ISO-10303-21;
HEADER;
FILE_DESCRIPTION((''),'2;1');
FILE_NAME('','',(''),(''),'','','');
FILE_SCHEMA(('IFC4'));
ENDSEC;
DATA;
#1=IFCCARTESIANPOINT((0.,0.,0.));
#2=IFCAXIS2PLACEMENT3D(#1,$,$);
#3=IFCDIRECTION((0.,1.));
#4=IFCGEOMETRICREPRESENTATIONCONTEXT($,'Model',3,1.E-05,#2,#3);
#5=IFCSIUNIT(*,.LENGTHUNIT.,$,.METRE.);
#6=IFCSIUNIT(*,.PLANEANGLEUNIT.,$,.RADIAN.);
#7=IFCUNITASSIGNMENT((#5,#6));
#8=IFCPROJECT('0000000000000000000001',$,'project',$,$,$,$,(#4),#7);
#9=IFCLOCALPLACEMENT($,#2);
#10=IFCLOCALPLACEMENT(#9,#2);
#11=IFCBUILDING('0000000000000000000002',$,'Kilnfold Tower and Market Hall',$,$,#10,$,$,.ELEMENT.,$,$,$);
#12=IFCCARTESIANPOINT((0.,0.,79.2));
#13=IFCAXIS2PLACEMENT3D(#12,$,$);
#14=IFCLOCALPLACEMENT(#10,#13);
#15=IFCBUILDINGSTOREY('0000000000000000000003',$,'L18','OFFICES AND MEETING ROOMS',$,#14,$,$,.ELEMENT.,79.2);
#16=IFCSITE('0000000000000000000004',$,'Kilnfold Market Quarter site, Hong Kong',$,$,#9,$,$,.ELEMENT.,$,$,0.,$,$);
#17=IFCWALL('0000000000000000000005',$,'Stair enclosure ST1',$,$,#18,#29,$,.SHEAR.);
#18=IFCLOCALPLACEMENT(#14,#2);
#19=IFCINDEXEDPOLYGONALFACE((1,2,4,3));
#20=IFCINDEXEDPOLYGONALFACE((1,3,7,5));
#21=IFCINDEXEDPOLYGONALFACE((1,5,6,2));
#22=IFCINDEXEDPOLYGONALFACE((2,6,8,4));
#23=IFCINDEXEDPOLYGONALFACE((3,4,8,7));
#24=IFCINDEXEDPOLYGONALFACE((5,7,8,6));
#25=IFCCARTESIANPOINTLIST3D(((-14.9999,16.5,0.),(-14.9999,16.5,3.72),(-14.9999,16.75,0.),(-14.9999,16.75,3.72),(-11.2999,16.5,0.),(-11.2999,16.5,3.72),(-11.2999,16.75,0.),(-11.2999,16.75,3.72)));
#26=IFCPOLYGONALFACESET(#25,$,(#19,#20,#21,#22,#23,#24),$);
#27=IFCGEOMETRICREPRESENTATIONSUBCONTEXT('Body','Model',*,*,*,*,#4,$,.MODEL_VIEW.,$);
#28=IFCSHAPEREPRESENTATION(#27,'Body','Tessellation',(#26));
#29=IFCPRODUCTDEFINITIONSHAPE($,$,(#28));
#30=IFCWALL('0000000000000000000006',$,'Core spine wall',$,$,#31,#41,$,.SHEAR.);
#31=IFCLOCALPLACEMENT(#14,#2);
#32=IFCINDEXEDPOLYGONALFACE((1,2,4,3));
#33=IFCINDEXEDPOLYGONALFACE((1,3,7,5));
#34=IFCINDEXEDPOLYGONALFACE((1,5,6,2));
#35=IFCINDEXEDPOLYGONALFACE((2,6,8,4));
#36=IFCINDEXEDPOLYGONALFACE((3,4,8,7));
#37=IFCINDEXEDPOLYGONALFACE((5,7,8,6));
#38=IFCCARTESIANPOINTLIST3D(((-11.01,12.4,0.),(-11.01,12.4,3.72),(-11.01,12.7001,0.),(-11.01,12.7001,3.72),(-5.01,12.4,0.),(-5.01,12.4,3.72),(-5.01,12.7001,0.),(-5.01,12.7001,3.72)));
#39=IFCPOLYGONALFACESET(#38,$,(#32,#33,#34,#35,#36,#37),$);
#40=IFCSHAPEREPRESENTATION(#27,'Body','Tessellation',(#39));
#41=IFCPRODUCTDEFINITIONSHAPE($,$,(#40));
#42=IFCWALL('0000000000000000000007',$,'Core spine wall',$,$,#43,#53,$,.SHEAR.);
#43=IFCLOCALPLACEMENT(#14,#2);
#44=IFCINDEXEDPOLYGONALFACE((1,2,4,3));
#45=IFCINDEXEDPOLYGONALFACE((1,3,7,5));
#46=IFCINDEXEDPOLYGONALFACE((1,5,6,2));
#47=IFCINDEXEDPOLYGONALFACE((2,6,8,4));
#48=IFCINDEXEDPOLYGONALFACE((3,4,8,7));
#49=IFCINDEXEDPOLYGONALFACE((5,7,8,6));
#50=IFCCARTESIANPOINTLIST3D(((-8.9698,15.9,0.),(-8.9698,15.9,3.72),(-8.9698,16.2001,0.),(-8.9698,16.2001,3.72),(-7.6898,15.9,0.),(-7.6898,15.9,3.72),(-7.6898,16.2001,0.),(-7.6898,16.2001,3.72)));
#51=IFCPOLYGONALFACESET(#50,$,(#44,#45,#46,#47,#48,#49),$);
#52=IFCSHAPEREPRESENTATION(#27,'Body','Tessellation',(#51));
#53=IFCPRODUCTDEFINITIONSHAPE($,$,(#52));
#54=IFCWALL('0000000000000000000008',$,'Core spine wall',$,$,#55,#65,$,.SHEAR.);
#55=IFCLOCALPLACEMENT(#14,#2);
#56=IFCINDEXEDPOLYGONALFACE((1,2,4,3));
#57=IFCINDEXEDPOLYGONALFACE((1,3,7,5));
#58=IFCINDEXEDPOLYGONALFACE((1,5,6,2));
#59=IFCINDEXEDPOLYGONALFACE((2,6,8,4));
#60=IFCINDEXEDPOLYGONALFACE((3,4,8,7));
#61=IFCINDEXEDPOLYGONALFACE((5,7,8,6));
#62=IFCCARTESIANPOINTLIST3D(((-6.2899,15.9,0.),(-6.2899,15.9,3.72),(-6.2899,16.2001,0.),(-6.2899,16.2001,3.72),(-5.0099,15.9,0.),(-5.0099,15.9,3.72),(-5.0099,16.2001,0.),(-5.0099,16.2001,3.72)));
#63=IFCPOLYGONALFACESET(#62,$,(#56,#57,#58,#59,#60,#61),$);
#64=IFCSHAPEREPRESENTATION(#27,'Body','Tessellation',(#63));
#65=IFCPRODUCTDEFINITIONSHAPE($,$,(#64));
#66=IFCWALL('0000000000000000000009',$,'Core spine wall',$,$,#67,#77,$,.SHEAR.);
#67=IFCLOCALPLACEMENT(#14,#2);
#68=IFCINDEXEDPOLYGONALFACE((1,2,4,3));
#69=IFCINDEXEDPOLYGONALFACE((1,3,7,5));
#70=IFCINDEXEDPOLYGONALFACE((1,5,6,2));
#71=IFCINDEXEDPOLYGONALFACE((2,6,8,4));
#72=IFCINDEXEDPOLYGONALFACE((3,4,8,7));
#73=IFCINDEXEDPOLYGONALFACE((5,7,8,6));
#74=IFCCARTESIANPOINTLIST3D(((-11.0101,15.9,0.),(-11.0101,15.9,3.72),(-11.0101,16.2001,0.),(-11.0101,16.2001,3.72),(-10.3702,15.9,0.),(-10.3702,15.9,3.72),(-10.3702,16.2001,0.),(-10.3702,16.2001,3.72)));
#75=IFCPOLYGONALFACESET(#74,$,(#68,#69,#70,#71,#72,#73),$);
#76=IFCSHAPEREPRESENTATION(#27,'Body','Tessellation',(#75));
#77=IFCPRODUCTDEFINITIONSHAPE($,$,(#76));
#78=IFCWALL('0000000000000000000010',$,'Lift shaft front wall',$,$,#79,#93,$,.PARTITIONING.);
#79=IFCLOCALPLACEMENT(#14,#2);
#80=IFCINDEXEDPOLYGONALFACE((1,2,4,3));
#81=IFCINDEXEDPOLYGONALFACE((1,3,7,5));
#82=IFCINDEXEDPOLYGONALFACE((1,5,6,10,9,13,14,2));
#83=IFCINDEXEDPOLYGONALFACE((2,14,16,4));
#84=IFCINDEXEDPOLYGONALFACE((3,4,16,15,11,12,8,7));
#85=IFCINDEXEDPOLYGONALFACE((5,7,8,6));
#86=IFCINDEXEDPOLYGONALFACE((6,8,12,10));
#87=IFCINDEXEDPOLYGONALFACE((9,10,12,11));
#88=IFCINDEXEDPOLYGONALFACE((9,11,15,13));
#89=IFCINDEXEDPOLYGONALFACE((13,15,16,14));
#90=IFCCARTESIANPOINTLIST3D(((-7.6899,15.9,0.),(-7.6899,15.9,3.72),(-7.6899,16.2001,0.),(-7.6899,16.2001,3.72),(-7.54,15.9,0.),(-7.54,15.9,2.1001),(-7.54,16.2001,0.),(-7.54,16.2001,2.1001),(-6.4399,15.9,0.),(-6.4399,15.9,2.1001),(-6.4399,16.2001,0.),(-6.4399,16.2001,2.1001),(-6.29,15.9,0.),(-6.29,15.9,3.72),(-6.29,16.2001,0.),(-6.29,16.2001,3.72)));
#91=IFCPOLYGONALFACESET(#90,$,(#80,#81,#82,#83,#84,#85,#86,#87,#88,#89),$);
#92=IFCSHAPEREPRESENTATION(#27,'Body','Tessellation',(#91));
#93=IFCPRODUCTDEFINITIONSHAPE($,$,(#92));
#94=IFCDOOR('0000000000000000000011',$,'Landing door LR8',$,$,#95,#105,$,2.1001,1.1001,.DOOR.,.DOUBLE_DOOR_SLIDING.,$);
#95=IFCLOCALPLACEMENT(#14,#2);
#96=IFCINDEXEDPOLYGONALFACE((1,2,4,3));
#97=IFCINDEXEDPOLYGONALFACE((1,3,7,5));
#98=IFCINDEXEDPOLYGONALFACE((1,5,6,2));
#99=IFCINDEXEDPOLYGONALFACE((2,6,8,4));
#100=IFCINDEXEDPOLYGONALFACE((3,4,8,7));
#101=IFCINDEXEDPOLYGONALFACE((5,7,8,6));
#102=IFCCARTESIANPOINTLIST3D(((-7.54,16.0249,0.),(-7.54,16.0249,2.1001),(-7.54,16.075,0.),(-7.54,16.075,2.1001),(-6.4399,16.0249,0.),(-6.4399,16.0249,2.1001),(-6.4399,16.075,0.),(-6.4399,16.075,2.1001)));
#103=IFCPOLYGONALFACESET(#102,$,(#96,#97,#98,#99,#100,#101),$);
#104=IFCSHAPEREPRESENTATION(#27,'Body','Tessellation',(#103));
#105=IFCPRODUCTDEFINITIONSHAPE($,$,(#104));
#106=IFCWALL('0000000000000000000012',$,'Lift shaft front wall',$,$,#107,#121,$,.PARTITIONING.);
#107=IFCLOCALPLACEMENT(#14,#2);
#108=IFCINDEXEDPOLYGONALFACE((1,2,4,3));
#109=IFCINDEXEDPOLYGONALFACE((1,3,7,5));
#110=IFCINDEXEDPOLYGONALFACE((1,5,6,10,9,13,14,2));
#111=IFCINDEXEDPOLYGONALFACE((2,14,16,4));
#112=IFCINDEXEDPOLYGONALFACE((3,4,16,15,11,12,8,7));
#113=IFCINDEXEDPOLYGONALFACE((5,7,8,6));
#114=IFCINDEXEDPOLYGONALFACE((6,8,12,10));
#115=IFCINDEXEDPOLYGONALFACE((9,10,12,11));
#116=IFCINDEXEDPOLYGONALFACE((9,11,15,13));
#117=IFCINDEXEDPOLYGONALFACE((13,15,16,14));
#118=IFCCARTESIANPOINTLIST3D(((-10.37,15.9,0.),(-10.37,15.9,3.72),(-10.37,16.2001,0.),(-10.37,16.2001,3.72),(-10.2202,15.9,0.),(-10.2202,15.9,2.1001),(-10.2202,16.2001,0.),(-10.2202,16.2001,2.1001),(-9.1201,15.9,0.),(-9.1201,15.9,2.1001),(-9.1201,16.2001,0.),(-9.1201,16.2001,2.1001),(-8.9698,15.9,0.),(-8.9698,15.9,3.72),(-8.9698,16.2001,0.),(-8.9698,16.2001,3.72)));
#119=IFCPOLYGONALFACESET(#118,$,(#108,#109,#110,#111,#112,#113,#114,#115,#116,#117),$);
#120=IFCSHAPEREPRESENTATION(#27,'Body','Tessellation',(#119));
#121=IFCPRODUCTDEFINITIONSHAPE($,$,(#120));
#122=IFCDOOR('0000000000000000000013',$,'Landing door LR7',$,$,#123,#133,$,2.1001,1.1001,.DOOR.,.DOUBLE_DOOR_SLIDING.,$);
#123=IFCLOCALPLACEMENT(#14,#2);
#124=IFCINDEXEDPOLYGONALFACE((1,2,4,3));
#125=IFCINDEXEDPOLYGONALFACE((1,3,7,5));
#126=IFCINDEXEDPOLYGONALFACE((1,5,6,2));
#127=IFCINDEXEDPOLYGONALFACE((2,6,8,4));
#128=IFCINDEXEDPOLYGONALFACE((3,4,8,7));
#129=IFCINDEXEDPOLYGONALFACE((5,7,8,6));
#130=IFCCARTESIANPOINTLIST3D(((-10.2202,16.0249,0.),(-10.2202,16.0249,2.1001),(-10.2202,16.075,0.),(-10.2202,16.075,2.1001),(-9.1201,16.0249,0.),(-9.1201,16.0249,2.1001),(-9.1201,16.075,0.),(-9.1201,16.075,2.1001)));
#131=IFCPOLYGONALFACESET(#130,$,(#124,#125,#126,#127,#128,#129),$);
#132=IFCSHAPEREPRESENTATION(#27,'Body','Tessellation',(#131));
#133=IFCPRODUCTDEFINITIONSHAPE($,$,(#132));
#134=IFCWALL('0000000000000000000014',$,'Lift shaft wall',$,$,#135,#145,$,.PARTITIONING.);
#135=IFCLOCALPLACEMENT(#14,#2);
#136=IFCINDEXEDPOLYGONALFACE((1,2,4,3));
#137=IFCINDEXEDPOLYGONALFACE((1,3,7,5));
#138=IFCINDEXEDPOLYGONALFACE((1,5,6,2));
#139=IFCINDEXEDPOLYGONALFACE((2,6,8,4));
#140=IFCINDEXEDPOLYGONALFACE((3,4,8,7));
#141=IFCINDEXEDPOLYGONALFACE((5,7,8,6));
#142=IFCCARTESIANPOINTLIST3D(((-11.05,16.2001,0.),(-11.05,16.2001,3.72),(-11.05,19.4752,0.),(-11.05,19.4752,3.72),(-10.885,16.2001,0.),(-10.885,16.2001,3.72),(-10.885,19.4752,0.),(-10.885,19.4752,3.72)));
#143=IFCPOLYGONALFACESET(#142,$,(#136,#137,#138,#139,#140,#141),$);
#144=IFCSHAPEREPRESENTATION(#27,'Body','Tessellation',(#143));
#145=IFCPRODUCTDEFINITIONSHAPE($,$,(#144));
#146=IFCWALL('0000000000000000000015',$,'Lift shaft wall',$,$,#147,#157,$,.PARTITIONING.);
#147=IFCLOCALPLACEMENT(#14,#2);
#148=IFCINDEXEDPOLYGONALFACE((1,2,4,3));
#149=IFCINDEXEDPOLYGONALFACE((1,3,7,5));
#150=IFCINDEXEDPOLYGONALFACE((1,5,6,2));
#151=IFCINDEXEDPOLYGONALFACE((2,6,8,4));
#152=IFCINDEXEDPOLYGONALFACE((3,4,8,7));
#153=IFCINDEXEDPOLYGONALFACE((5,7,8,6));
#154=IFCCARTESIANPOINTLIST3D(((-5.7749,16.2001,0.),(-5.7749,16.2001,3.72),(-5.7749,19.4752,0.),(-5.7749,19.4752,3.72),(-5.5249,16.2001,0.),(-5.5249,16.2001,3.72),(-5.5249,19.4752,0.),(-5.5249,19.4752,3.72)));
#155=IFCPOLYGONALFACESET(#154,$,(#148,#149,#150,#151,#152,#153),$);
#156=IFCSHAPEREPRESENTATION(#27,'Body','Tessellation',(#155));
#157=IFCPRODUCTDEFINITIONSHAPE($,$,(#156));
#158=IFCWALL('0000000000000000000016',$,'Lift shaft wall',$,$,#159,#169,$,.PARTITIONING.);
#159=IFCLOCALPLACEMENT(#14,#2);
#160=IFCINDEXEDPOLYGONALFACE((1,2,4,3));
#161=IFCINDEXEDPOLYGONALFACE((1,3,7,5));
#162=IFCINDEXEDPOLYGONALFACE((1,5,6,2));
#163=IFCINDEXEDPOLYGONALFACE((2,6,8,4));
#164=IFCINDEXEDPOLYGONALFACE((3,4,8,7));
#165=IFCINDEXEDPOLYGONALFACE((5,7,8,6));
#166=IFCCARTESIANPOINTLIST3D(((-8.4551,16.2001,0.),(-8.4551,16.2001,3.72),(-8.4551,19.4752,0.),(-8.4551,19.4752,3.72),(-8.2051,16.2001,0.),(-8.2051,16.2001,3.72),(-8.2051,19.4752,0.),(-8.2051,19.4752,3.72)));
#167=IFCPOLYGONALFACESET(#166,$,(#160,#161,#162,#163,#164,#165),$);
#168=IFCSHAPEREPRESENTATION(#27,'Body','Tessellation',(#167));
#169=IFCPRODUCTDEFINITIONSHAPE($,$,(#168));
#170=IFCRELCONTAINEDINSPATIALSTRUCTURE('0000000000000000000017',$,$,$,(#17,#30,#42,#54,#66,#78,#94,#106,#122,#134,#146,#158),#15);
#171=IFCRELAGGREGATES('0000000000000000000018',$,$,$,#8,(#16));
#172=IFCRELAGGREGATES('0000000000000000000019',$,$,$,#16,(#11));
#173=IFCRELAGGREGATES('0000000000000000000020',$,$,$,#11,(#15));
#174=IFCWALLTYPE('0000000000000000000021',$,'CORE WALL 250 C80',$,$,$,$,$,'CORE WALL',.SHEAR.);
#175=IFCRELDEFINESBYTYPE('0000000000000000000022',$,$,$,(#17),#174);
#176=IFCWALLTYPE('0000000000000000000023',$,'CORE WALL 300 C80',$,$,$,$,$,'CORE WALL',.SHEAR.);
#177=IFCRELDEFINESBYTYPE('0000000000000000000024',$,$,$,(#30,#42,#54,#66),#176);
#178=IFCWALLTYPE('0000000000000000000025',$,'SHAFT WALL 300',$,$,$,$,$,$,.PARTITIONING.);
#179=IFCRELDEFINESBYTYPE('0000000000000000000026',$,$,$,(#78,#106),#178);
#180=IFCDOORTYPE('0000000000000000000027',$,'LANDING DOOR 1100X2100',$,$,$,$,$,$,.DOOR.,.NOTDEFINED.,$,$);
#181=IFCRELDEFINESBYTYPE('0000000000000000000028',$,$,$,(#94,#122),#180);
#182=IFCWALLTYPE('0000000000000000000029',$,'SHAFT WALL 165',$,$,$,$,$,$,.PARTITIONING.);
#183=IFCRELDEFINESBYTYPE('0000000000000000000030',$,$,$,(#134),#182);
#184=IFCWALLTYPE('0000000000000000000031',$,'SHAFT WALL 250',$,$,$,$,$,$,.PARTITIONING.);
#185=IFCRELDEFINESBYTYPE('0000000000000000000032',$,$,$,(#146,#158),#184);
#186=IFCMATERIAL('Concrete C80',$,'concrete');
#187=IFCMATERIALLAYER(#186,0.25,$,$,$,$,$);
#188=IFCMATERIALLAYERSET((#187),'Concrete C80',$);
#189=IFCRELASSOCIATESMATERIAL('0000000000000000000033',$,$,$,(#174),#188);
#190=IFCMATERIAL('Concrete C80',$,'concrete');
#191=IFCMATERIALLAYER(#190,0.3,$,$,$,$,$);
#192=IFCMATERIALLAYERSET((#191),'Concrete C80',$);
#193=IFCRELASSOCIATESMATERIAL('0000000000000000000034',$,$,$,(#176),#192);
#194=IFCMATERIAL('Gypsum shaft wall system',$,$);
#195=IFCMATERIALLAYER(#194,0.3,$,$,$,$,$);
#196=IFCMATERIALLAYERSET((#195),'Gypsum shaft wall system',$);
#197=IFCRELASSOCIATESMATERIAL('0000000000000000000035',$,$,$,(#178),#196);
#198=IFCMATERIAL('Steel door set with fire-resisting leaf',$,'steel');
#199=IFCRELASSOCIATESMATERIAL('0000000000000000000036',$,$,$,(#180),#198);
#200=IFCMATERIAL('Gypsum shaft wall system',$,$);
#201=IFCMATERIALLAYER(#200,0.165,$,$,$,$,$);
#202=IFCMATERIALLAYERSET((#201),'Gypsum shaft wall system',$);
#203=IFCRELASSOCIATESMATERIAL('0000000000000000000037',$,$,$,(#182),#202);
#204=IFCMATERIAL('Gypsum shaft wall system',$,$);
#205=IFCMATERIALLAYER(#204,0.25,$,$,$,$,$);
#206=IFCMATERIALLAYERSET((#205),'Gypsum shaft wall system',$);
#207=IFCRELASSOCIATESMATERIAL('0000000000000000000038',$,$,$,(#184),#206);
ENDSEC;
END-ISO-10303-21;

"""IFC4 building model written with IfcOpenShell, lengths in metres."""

from ifc_helpers import new_model, si_unit, direction, frame, frame_2d, origin, place, context, subcontext, project, spatial, rectangle, extrude, source, transform, mapped, material, layer, layer_set, type_object, element, fill, save


model = new_model("IFC4")

# Units and contexts
model_context = context("Model", 3, precision=1e-05, world=origin(), true_north=direction((0.0, 1.0)))
body_context = subcontext(model_context, "Body", "Model", "MODEL_VIEW")
ifc_project = project(units=[si_unit("LENGTHUNIT", "METRE"), si_unit("PLANEANGLEUNIT", "RADIAN")], contexts=[model_context])

# Site, building, storey
site_placement = place(None, origin())
site = spatial("IfcSite", under=ifc_project, at=site_placement, Name="Kilnfold Market Quarter site, Hong Kong", CompositionType="ELEMENT", RefElevation=0.0)
building_placement = place(site_placement, origin())
building = spatial("IfcBuilding", under=site, at=building_placement, Name="Kilnfold Tower and Market Hall", CompositionType="ELEMENT")
storey_placement = place(building_placement, frame((0.0, 0.0, 79.2)))
storey = spatial("IfcBuildingStorey", under=building, at=storey_placement, Name="L18", Description="OFFICES AND MEETING ROOMS", CompositionType="ELEMENT", Elevation=79.2)

# Walls
ifc_material_1 = material(Name="Concrete C80", Category="concrete")
ifc_layer_1 = layer(ifc_material_1, 0.25)
ifc_layer_set_1 = layer_set([ifc_layer_1], Name="Concrete C80")
wall_type_1 = type_object("IfcWallType", Name="CORE WALL 250 C80", ElementType="CORE WALL", PredefinedType="SHEAR", material=ifc_layer_set_1)
shared_shape_1 = source(origin(), body_context, "Body", "SweptSolid", [
    extrude(rectangle(XDim=3.7, YDim=0.25, at=frame_2d((1.8501, 0.0))), origin(), (0.0, 0.0, 1.0), 3.72),
])
wall_1_placement = place(storey_placement, frame((-15.0, 16.625, 0.0), z_axis=(0.0, 0.0, 1.0), x_axis=(1.0, 0.0, 0.0)))
element("IfcWall", 1, at=wall_1_placement, inside=storey, type_object=wall_type_1, Name="Stair enclosure ST1", PredefinedType="SHEAR", context=body_context, shape_type="MappedRepresentation", body=[
    mapped(shared_shape_1, transform((0.0, 0.0, 0.0))),
])
ifc_material_2 = material(Name="Concrete C80", Category="concrete")
ifc_layer_2 = layer(ifc_material_2, 0.3)
ifc_layer_set_2 = layer_set([ifc_layer_2], Name="Concrete C80")
wall_type_2 = type_object("IfcWallType", Name="CORE WALL 300 C80", ElementType="CORE WALL", PredefinedType="SHEAR", material=ifc_layer_set_2)
shared_shape_2 = source(origin(), body_context, "Body", "SweptSolid", [
    extrude(rectangle(XDim=6.0, YDim=0.3, at=frame_2d((3.0, 0.0))), origin(), (0.0, 0.0, 1.0), 3.72),
])
wall_2_placement = place(storey_placement, frame((-11.01, 12.55, 0.0), z_axis=(0.0, 0.0, 1.0), x_axis=(1.0, 0.0, 0.0)))
element("IfcWall", 2, at=wall_2_placement, inside=storey, type_object=wall_type_2, Name="Core spine wall", PredefinedType="SHEAR", context=body_context, shape_type="MappedRepresentation", body=[
    mapped(shared_shape_2, transform((0.0, 0.0, 0.0))),
])
shared_shape_3 = source(origin(), body_context, "Body", "SweptSolid", [
    extrude(rectangle(XDim=1.28, YDim=0.3, at=frame_2d((0.6401, 0.0))), origin(), (0.0, 0.0, 1.0), 3.72),
])
for number, where, z_axis, x_axis, name in (
    (3, (-8.97, 16.05, 0.0), (0.0, 0.0, 1.0), (1.0, 0.0, 0.0), "Core spine wall"),
    (4, (-6.29, 16.05, 0.0), (0.0, 0.0, 1.0), (1.0, 0.0, 0.0), "Core spine wall"),
):
    element("IfcWall", number, at=place(storey_placement, frame(where, z_axis=z_axis, x_axis=x_axis)), inside=storey, type_object=wall_type_2, Name=name, PredefinedType="SHEAR", context=body_context, shape_type="MappedRepresentation", body=[
        mapped(shared_shape_3, transform((0.0, 0.0, 0.0))),
    ])
shared_shape_4 = source(origin(), body_context, "Body", "SweptSolid", [
    extrude(rectangle(XDim=0.6399, YDim=0.3, at=frame_2d((0.3198, 0.0))), origin(), (0.0, 0.0, 1.0), 3.72),
])
wall_3_placement = place(storey_placement, frame((-11.01, 16.05, 0.0), z_axis=(0.0, 0.0, 1.0), x_axis=(1.0, 0.0, 0.0)))
element("IfcWall", 5, at=wall_3_placement, inside=storey, type_object=wall_type_2, Name="Core spine wall", PredefinedType="SHEAR", context=body_context, shape_type="MappedRepresentation", body=[
    mapped(shared_shape_4, transform((0.0, 0.0, 0.0))),
])

# Walls, openings, doors
ifc_material_3 = material(Name="Gypsum shaft wall system")
ifc_layer_3 = layer(ifc_material_3, 0.3)
ifc_layer_set_3 = layer_set([ifc_layer_3], Name="Gypsum shaft wall system")
wall_type_3 = type_object("IfcWallType", Name="SHAFT WALL 300", PredefinedType="PARTITIONING", material=ifc_layer_set_3)
shared_shape_5 = source(origin(), body_context, "Body", "SweptSolid", [
    extrude(rectangle(XDim=1.3999, YDim=0.3, at=frame_2d((0.7, 0.0))), origin(), (0.0, 0.0, 1.0), 3.72),
])
wall_4_placement = place(storey_placement, frame((-7.6899, 16.05, 0.0), z_axis=(0.0, 0.0, 1.0), x_axis=(1.0, 0.0, 0.0)))
wall_4 = element("IfcWall", 6, at=wall_4_placement, inside=storey, type_object=wall_type_3, Name="Lift shaft front wall", PredefinedType="PARTITIONING", context=body_context, shape_type="MappedRepresentation", body=[
    mapped(shared_shape_5, transform((0.0, 0.0, 0.0))),
])
opening_1_placement = place(wall_4_placement, frame((0.1499, 0.0, 0.0)))
opening_1 = element("IfcOpeningElement", 7, at=opening_1_placement, cuts=wall_4, PredefinedType="OPENING", context=body_context, shape_type="SweptSolid", body=[
    extrude(rectangle(XDim=1.1001, YDim=2.1001, at=frame_2d((0.55, 1.05))), frame((0.0, 0.1602, 0.0), z_axis=(0.0, -1.0, 0.0), x_axis=(1.0, 0.0, 0.0)), (0.0, 0.0, 1.0), 0.3201),
])
ifc_material_4 = material(Name="Steel door set with fire-resisting leaf", Category="steel")
door_type = type_object("IfcDoorType", Name="LANDING DOOR 1100X2100", OperationType="NOTDEFINED", PredefinedType="DOOR", material=ifc_material_4)
door_1_placement = place(opening_1_placement, origin())
door_1 = element("IfcDoor", 8, at=door_1_placement, inside=storey, type_object=door_type, Name="Landing door LR8", OperationType="DOUBLE_DOOR_SLIDING", OverallHeight=2.1001, OverallWidth=1.1001, PredefinedType="DOOR", context=body_context, shape_type="SweptSolid", body=[
    extrude(rectangle(XDim=1.1001, YDim=2.1001, at=frame_2d((0.55, 1.05))), frame((0.0, 0.0249, 0.0), z_axis=(0.0, -1.0, 0.0), x_axis=(1.0, 0.0, 0.0)), (0.0, 0.0, 1.0), 0.05),
])
fill(opening_1, door_1)
shared_shape_6 = source(origin(), body_context, "Body", "SweptSolid", [
    extrude(rectangle(XDim=1.4001, YDim=0.3, at=frame_2d((0.7002, 0.0))), origin(), (0.0, 0.0, 1.0), 3.72),
])
wall_5_placement = place(storey_placement, frame((-10.3701, 16.05, 0.0), z_axis=(0.0, 0.0, 1.0), x_axis=(1.0, 0.0, 0.0)))
wall_5 = element("IfcWall", 9, at=wall_5_placement, inside=storey, type_object=wall_type_3, Name="Lift shaft front wall", PredefinedType="PARTITIONING", context=body_context, shape_type="MappedRepresentation", body=[
    mapped(shared_shape_6, transform((0.0, 0.0, 0.0))),
])
opening_2_placement = place(wall_5_placement, frame((0.1499, 0.0, 0.0)))
opening_2 = element("IfcOpeningElement", 10, at=opening_2_placement, cuts=wall_5, PredefinedType="OPENING", context=body_context, shape_type="SweptSolid", body=[
    extrude(rectangle(XDim=1.1001, YDim=2.1001, at=frame_2d((0.55, 1.05))), frame((0.0, 0.1602, 0.0), z_axis=(0.0, -1.0, 0.0), x_axis=(1.0, 0.0, 0.0)), (0.0, 0.0, 1.0), 0.3201),
])
door_2_placement = place(opening_2_placement, origin())
door_2 = element("IfcDoor", 11, at=door_2_placement, inside=storey, type_object=door_type, Name="Landing door LR7", OperationType="DOUBLE_DOOR_SLIDING", OverallHeight=2.1001, OverallWidth=1.1001, PredefinedType="DOOR", context=body_context, shape_type="SweptSolid", body=[
    extrude(rectangle(XDim=1.1001, YDim=2.1001, at=frame_2d((0.55, 1.05))), frame((0.0, 0.0249, 0.0), z_axis=(0.0, -1.0, 0.0), x_axis=(1.0, 0.0, 0.0)), (0.0, 0.0, 1.0), 0.05),
])
fill(opening_2, door_2)

# Walls
ifc_material_5 = material(Name="Gypsum shaft wall system")
ifc_layer_4 = layer(ifc_material_5, 0.165)
ifc_layer_set_4 = layer_set([ifc_layer_4], Name="Gypsum shaft wall system")
wall_type_4 = type_object("IfcWallType", Name="SHAFT WALL 165", PredefinedType="PARTITIONING", material=ifc_layer_set_4)
shared_shape_7 = source(origin(), body_context, "Body", "SweptSolid", [
    extrude(rectangle(XDim=3.2751, YDim=0.165, at=frame_2d((1.6377, 0.0))), origin(), (0.0, 0.0, 1.0), 3.72),
])
wall_6_placement = place(storey_placement, frame((-10.9675, 16.2, 0.0), z_axis=(0.0, 0.0, 1.0), x_axis=(0.0, 1.0, 0.0)))
element("IfcWall", 12, at=wall_6_placement, inside=storey, type_object=wall_type_4, Name="Lift shaft wall", PredefinedType="PARTITIONING", context=body_context, shape_type="MappedRepresentation", body=[
    mapped(shared_shape_7, transform((0.0, 0.0, 0.0))),
])
ifc_material_6 = material(Name="Gypsum shaft wall system")
ifc_layer_5 = layer(ifc_material_6, 0.25)
ifc_layer_set_5 = layer_set([ifc_layer_5], Name="Gypsum shaft wall system")
wall_type_5 = type_object("IfcWallType", Name="SHAFT WALL 250", PredefinedType="PARTITIONING", material=ifc_layer_set_5)
shared_shape_8 = source(origin(), body_context, "Body", "SweptSolid", [
    extrude(rectangle(XDim=3.2751, YDim=0.25, at=frame_2d((1.6377, 0.0))), origin(), (0.0, 0.0, 1.0), 3.72),
])
for number, where, z_axis, x_axis, name in (
    (13, (-5.6499, 16.2, 0.0), (0.0, 0.0, 1.0), (0.0, 1.0, 0.0), "Lift shaft wall"),
    (14, (-8.3301, 16.2, 0.0), (0.0, 0.0, 1.0), (0.0, 1.0, 0.0), "Lift shaft wall"),
):
    element("IfcWall", number, at=place(storey_placement, frame(where, z_axis=z_axis, x_axis=x_axis)), inside=storey, type_object=wall_type_5, Name=name, PredefinedType="PARTITIONING", context=body_context, shape_type="MappedRepresentation", body=[
        mapped(shared_shape_8, transform((0.0, 0.0, 0.0))),
    ])

save(model, "model.ifc")
